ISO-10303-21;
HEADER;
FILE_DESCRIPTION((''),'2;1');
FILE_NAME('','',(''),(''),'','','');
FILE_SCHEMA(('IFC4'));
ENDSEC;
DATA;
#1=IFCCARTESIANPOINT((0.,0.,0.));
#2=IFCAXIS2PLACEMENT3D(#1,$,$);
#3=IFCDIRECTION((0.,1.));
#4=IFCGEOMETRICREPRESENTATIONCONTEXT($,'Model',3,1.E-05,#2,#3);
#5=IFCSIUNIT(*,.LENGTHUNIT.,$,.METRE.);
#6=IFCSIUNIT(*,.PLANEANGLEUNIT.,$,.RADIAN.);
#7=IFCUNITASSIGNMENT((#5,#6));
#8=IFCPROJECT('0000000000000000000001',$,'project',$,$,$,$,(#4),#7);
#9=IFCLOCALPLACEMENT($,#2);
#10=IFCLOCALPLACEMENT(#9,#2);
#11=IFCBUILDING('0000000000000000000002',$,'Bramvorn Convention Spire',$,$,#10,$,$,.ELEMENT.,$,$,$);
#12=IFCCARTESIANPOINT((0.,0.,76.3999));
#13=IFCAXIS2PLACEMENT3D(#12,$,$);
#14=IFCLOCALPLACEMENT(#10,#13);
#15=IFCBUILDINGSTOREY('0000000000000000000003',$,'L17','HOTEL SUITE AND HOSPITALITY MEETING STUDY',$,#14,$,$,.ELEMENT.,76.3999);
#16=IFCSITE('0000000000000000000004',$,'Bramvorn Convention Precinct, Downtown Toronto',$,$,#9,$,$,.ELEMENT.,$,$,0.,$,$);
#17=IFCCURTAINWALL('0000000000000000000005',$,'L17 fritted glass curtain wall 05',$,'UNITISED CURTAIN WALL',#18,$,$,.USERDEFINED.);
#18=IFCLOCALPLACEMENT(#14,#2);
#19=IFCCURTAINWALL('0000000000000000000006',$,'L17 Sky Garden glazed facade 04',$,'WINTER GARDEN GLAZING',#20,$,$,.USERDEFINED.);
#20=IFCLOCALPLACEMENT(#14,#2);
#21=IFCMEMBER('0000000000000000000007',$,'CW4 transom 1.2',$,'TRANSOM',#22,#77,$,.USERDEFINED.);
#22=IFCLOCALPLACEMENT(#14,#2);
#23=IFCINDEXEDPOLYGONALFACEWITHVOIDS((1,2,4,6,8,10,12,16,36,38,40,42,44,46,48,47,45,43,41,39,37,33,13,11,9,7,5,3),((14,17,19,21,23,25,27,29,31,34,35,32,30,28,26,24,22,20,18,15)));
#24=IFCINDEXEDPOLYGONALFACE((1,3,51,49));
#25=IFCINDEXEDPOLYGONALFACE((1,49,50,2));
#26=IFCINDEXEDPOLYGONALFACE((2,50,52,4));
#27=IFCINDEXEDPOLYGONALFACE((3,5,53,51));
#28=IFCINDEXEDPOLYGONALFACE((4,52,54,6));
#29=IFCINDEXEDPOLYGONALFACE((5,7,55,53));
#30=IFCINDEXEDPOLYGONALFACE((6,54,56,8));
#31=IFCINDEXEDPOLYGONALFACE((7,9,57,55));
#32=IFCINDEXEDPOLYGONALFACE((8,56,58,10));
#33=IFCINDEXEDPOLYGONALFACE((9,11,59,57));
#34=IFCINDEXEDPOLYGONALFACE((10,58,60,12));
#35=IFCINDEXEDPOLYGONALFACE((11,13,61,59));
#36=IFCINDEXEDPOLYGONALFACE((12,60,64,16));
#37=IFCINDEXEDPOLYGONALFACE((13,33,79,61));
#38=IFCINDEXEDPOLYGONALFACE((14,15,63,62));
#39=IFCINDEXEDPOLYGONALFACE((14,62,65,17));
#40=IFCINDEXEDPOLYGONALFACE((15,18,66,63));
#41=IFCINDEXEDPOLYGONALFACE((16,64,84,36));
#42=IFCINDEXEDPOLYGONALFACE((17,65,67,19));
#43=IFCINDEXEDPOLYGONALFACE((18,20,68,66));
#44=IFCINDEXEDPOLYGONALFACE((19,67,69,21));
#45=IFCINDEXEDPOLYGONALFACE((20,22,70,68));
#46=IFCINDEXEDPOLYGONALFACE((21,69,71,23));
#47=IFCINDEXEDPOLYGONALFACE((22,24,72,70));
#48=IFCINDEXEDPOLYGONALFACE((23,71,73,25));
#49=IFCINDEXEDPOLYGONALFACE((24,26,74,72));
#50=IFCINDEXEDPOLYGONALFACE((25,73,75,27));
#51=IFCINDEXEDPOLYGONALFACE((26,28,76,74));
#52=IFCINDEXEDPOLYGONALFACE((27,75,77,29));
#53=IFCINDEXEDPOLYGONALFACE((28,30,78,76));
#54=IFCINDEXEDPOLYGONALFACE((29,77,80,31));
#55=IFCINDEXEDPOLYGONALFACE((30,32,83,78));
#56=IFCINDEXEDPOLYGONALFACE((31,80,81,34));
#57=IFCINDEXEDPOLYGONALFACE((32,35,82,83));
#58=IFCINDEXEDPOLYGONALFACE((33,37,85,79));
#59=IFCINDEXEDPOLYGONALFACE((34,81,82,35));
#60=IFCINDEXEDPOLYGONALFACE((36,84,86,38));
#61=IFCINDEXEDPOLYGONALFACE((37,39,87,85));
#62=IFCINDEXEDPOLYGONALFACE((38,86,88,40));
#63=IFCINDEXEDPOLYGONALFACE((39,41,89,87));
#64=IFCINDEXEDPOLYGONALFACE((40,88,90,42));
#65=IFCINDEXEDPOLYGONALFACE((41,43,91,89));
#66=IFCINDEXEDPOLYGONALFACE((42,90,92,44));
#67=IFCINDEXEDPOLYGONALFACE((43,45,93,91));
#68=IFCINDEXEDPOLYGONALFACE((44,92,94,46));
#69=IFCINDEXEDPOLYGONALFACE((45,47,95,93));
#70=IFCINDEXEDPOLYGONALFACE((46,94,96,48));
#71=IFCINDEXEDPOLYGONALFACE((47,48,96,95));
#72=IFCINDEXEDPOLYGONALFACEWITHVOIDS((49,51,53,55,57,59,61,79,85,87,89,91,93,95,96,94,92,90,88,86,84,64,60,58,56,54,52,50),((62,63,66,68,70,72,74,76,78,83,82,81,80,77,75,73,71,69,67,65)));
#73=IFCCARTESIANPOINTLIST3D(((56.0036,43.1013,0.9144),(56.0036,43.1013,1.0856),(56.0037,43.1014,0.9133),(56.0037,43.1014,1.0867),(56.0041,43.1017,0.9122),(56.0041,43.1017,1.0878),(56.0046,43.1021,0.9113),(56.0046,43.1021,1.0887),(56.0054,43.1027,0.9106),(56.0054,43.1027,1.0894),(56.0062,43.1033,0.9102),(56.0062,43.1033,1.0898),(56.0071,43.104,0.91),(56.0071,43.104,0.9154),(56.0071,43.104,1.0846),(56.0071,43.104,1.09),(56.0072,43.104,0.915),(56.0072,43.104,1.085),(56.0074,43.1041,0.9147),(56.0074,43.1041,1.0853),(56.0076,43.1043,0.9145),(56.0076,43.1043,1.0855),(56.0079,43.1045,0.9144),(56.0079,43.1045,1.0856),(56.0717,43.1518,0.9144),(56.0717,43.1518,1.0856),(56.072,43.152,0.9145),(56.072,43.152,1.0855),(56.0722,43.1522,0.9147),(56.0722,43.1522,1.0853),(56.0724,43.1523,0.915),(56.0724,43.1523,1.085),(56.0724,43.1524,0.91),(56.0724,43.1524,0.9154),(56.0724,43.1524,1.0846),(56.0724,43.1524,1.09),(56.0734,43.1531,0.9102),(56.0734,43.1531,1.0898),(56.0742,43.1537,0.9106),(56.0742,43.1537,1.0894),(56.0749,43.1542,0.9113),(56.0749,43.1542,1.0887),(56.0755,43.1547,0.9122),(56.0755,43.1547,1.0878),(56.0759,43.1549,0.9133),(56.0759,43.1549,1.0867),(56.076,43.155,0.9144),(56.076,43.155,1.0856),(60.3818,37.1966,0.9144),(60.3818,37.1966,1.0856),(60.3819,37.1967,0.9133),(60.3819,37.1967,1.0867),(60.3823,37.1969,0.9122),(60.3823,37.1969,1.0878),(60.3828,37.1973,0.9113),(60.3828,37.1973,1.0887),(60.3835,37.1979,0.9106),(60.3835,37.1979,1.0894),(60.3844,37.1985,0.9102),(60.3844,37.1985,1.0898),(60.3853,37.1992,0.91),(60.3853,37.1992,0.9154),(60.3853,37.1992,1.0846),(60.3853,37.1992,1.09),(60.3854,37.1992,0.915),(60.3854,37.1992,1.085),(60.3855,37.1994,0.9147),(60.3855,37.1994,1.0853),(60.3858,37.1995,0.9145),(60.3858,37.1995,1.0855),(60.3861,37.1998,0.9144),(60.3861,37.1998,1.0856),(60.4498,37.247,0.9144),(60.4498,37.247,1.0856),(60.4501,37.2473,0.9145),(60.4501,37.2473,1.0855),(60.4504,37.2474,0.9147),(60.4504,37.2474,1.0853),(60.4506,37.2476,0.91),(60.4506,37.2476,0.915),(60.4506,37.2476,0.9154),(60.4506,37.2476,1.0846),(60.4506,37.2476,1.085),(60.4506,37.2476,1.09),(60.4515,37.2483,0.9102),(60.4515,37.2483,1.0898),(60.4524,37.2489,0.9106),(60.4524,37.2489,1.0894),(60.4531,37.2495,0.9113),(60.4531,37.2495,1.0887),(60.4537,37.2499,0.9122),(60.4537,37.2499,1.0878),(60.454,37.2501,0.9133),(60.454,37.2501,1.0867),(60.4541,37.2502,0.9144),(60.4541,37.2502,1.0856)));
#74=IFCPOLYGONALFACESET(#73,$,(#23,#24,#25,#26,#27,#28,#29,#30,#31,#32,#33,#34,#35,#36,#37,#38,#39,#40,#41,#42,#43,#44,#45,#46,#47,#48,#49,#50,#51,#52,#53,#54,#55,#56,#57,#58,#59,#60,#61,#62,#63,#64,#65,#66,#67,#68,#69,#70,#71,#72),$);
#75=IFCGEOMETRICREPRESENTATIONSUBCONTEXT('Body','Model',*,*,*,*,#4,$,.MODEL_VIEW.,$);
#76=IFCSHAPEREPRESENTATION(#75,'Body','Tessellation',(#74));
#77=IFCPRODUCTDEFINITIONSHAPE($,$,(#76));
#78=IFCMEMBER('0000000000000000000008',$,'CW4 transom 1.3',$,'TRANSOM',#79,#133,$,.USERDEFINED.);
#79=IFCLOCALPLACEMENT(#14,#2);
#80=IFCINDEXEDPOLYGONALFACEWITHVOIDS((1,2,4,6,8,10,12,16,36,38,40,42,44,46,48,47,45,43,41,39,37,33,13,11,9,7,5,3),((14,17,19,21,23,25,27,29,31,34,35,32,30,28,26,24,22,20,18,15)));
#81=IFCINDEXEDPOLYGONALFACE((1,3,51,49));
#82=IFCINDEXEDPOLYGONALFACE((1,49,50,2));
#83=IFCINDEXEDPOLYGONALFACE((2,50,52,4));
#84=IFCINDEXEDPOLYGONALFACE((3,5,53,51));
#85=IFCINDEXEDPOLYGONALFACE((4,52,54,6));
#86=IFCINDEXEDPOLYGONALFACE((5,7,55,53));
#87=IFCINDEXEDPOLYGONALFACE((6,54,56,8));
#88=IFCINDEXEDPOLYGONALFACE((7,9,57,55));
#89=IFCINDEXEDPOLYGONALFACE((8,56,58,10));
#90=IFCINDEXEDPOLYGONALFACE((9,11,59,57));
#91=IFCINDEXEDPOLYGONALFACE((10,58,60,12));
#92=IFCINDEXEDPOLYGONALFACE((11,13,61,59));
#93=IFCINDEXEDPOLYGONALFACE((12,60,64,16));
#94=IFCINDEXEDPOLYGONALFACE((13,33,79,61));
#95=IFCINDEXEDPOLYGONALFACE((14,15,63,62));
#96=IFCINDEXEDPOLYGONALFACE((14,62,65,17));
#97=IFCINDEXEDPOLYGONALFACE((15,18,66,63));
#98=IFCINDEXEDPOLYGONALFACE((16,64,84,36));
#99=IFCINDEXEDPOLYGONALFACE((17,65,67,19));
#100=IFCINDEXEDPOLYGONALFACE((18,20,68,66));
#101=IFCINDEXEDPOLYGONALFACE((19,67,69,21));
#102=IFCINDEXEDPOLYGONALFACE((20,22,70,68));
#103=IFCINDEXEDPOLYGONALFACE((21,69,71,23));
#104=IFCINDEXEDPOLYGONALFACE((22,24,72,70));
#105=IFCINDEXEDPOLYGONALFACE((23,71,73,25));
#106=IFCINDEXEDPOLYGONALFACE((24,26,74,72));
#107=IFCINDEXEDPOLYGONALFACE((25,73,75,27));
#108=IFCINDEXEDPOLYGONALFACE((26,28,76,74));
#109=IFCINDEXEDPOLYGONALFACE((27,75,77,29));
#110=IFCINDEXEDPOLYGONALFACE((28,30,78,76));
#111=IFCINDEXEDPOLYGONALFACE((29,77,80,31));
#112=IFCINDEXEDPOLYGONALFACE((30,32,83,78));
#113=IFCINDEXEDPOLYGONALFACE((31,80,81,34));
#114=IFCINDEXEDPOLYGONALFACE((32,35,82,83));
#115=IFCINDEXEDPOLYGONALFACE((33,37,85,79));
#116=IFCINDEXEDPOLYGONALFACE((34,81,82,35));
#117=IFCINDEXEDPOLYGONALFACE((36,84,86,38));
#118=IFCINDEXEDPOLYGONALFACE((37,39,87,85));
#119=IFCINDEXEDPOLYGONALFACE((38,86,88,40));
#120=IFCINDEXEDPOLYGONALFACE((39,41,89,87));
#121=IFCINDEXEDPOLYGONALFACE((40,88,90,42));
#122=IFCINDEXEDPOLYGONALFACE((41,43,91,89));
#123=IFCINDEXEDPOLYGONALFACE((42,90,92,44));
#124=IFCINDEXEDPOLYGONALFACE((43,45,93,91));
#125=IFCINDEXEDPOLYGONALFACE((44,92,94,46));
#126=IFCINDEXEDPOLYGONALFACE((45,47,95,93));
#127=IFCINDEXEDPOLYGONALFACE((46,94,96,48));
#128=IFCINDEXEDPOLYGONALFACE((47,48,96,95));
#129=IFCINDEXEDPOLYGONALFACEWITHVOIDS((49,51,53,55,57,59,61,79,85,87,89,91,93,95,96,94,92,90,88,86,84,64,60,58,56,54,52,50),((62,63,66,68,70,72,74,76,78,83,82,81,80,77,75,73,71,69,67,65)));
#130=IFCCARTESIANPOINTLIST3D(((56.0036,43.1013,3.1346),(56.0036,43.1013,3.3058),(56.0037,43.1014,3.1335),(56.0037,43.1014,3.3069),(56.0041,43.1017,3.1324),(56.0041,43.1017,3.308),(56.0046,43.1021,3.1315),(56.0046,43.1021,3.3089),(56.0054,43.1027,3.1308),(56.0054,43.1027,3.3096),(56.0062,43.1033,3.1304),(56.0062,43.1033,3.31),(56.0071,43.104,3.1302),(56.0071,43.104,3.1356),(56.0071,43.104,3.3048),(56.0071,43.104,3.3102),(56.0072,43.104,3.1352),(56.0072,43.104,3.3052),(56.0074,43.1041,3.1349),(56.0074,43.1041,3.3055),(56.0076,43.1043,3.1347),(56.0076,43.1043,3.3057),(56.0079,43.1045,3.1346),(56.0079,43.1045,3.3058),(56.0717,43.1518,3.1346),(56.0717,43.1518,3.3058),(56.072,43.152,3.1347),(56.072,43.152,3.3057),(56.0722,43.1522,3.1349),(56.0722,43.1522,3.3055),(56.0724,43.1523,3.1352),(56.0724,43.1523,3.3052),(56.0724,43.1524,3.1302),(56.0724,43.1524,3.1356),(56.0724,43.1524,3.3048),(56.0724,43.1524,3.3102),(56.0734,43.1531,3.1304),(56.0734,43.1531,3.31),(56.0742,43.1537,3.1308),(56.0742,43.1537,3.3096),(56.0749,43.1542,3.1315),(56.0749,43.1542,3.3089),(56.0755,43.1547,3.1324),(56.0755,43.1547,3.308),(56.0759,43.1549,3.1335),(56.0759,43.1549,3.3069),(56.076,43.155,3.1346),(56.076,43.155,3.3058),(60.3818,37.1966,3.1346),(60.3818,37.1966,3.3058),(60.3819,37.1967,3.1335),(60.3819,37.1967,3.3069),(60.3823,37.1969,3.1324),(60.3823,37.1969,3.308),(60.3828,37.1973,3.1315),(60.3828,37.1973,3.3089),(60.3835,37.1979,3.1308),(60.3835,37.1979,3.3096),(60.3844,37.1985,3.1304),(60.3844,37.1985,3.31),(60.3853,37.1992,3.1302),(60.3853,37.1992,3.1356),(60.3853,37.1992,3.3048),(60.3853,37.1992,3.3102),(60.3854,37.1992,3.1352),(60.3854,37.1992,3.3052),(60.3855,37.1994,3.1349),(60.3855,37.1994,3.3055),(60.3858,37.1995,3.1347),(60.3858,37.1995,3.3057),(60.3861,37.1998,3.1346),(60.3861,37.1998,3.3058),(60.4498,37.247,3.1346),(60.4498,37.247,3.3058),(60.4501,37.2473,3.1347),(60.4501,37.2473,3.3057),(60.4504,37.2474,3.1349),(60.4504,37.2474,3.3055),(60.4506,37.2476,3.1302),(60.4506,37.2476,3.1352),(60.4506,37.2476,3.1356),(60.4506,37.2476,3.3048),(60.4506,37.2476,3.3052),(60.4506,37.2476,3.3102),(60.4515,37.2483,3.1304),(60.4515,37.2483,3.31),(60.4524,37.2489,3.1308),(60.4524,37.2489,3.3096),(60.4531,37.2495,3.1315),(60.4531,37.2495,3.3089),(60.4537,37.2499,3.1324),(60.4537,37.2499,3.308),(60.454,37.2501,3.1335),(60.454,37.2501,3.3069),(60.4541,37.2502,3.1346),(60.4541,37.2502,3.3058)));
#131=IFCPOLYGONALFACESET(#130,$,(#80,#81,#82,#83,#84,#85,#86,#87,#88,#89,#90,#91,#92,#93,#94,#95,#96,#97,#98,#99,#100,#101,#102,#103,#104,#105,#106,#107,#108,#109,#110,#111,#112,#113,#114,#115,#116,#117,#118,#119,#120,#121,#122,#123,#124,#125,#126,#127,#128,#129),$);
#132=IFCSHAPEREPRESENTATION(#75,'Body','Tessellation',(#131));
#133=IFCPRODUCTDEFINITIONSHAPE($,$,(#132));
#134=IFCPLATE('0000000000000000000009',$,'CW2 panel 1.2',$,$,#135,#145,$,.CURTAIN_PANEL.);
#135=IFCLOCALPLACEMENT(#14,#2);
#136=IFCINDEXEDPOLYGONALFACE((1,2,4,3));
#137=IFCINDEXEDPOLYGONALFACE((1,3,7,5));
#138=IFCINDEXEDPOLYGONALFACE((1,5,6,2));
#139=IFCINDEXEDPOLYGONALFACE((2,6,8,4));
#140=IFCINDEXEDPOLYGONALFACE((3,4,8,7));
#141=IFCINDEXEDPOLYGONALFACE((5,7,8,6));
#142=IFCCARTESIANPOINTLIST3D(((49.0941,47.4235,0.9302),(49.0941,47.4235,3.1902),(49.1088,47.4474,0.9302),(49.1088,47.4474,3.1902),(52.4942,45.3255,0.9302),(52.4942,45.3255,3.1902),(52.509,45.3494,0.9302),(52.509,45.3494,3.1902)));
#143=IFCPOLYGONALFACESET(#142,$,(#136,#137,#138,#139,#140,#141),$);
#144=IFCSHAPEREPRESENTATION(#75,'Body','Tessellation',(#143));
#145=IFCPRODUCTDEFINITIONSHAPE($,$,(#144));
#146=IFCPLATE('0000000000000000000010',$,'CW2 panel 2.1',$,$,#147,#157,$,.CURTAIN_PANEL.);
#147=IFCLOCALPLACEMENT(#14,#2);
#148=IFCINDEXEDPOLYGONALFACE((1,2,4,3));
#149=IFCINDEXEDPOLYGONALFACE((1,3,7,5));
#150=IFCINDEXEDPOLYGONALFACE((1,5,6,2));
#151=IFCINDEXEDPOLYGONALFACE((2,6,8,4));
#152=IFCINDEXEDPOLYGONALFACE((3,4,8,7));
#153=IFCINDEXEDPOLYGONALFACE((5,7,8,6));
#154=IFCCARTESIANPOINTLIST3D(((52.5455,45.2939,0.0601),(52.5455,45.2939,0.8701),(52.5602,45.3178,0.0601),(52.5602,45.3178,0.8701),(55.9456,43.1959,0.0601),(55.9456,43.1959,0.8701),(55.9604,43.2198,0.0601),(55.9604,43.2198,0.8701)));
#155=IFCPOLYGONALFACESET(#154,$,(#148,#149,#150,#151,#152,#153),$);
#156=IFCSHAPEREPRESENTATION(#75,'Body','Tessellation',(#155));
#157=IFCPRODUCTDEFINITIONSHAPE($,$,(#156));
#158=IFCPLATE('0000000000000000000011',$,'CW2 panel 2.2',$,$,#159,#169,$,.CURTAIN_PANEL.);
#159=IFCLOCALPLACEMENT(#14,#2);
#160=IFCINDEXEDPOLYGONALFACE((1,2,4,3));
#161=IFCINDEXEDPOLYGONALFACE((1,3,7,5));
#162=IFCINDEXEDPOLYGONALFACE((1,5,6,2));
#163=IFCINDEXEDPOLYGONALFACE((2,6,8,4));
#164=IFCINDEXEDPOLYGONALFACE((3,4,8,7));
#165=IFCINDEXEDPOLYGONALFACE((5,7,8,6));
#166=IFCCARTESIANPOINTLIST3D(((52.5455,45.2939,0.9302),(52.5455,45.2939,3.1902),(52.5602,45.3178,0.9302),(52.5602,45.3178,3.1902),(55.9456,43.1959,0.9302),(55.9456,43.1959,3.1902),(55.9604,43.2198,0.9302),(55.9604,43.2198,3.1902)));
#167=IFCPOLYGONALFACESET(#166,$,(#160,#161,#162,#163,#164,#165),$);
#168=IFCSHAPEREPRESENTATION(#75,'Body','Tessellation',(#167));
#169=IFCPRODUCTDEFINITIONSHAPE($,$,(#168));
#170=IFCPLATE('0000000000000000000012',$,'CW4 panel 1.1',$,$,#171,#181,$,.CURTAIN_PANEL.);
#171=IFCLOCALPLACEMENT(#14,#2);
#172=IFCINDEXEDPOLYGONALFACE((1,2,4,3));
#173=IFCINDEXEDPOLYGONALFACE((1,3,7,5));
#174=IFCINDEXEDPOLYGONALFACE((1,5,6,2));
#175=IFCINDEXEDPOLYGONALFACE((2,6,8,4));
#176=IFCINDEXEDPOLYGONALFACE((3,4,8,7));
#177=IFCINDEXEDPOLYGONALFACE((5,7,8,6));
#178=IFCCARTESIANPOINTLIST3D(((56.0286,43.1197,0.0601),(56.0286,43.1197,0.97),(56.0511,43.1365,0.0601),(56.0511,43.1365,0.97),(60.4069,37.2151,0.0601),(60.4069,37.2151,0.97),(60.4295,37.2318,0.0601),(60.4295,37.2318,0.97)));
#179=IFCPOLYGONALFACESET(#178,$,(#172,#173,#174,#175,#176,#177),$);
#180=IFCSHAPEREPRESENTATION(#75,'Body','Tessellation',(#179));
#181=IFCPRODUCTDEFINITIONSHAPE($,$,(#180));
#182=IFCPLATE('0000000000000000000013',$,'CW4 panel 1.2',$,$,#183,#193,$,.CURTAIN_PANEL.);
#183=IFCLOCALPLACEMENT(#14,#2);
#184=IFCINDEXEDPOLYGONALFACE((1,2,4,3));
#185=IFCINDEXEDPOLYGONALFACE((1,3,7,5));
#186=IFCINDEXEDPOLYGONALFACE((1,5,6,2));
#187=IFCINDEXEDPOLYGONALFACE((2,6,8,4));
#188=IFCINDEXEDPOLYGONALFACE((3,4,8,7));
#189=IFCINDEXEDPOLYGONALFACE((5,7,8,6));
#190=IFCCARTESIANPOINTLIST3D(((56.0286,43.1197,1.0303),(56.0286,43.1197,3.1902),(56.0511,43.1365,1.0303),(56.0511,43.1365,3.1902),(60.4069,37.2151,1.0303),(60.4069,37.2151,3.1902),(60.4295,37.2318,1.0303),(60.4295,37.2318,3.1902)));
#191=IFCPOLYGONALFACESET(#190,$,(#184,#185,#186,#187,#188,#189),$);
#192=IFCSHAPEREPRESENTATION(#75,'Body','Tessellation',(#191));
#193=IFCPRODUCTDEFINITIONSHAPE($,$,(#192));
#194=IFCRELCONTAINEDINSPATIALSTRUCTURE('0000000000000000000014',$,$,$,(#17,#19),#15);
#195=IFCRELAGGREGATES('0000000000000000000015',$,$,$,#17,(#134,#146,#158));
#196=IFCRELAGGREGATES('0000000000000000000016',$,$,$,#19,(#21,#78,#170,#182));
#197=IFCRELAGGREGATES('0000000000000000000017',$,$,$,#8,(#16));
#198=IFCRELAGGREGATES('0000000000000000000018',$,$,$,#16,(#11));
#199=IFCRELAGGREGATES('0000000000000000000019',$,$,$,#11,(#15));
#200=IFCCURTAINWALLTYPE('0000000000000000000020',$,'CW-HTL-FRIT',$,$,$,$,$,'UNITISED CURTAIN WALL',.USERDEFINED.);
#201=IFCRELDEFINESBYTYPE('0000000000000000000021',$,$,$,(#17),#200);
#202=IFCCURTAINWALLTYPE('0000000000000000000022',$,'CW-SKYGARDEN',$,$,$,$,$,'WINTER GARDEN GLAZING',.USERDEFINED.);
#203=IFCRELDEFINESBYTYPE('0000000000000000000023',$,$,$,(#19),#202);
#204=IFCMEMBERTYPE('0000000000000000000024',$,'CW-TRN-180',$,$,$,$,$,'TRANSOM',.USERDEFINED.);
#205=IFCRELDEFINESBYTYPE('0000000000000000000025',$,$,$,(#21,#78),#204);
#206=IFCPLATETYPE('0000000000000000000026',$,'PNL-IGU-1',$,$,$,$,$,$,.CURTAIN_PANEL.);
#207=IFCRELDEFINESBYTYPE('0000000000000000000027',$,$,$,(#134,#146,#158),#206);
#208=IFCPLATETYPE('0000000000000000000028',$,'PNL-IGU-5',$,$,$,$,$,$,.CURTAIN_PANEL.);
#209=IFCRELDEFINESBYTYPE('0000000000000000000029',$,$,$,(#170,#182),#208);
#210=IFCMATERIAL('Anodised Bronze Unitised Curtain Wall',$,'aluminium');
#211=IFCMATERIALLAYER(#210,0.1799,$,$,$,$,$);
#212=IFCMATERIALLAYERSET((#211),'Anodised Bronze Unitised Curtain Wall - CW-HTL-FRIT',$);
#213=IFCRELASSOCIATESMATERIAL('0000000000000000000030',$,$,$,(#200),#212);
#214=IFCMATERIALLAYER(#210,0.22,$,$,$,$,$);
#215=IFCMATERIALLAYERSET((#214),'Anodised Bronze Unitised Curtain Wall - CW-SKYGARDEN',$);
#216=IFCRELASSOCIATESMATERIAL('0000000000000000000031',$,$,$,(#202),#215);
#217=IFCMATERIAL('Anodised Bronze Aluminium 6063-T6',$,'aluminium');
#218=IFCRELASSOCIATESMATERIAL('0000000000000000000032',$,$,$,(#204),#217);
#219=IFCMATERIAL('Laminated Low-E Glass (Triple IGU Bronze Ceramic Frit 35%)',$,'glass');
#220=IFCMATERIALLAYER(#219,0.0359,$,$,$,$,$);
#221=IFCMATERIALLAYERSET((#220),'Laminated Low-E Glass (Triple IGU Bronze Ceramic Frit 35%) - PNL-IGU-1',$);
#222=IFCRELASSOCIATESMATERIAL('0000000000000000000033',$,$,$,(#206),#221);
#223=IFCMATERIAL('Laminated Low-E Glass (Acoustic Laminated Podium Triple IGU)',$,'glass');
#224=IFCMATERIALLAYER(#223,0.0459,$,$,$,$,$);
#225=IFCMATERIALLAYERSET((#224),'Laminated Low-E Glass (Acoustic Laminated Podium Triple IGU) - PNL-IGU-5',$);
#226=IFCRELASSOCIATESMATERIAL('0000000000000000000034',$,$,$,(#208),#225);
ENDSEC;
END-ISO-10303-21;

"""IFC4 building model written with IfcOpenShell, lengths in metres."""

from ifc_helpers import new_model, si_unit, direction, frame, origin, origin_2d, place, context, subcontext, project, spatial, rectangle, hollow_rectangle, extrude, material, layer, layer_set, material_profile, profile_set, type_object, element, aggregate, save


model = new_model("IFC4")

# Units and contexts
model_context = context("Model", 3, precision=1e-05, world=origin(), true_north=direction((0.0, 1.0)))
body_context = subcontext(model_context, "Body", "Model", "MODEL_VIEW")
ifc_project = project(units=[si_unit("LENGTHUNIT", "METRE"), si_unit("PLANEANGLEUNIT", "RADIAN")], contexts=[model_context])

# Site, building, storey
site_placement = place(None, origin())
site = spatial("IfcSite", under=ifc_project, at=site_placement, Name="Bramvorn Convention Precinct, Downtown Toronto", CompositionType="ELEMENT", RefElevation=0.0)
building_placement = place(site_placement, origin())
building = spatial("IfcBuilding", under=site, at=building_placement, Name="Bramvorn Convention Spire", CompositionType="ELEMENT")
storey_placement = place(building_placement, frame((0.0, 0.0, 76.3999)))
storey = spatial("IfcBuildingStorey", under=building, at=storey_placement, Name="L17", Description="HOTEL SUITE AND HOSPITALITY MEETING STUDY", CompositionType="ELEMENT", Elevation=76.3999)

# Curtain walls
ifc_material_1 = material(Name="Anodised Bronze Unitised Curtain Wall", Category="aluminium")
ifc_layer_1 = layer(ifc_material_1, 0.1799)
ifc_layer_set_1 = layer_set([ifc_layer_1], Name="Anodised Bronze Unitised Curtain Wall - CW-HTL-FRIT")
curtain_wall_type_1 = type_object("IfcCurtainWallType", Name="CW-HTL-FRIT", ElementType="UNITISED CURTAIN WALL", PredefinedType="USERDEFINED", material=ifc_layer_set_1)
curtain_wall_1_placement = place(storey_placement, origin())
curtain_wall_1 = element("IfcCurtainWall", 1, at=curtain_wall_1_placement, inside=storey, type_object=curtain_wall_type_1, Name="L17 fritted glass curtain wall 05", ObjectType="UNITISED CURTAIN WALL", PredefinedType="USERDEFINED")
ifc_material_2 = material(Name="Anodised Bronze Aluminium 6063-T6", Category="aluminium")
ifc_layer_2 = layer(ifc_material_1, 0.22)
ifc_layer_set_2 = layer_set([ifc_layer_2], Name="Anodised Bronze Unitised Curtain Wall - CW-SKYGARDEN")
curtain_wall_type_2 = type_object("IfcCurtainWallType", Name="CW-SKYGARDEN", ElementType="WINTER GARDEN GLAZING", PredefinedType="USERDEFINED", material=ifc_layer_set_2)
curtain_wall_2_placement = place(storey_placement, origin())
curtain_wall_2 = element("IfcCurtainWall", 2, at=curtain_wall_2_placement, inside=storey, type_object=curtain_wall_type_2, Name="L17 Sky Garden glazed facade 04", ObjectType="WINTER GARDEN GLAZING", PredefinedType="USERDEFINED")

# Members
ifc_material_profile_1 = material_profile(ifc_material_2, hollow_rectangle(XDim=0.0901, YDim=0.1799, WallThickness=0.0044, InnerFilletRadius=0.001, OuterFilletRadius=0.0044, at=origin_2d()))
ifc_profile_set_1 = profile_set([ifc_material_profile_1], Name="Anodised Bronze Aluminium 6063-T6 - CWT90X180")
member_type_1 = type_object("IfcMemberType", Name="CW-TRN-180", ElementType="TRANSOM", PredefinedType="USERDEFINED", material=ifc_profile_set_1)
member_1_placement = place(storey_placement, frame((56.0398, 43.1282, 1.0), z_axis=(0.595602, -0.80328, 0.0), x_axis=(0.80328, 0.595602, 0.0)))
member_1 = element("IfcMember", 3, at=member_1_placement, type_object=member_type_1, Name="CW4 transom 1.2", ObjectType="TRANSOM", PredefinedType="USERDEFINED", context=body_context, shape_type="SweptSolid", body=[
    extrude(hollow_rectangle(XDim=0.0901, YDim=0.1799, WallThickness=0.0044, InnerFilletRadius=0.001, OuterFilletRadius=0.0044, at=origin_2d()), origin(), (0.0, 0.0, 1.0), 7.3508),
])
member_2_placement = place(storey_placement, frame((56.0398, 43.1282, 3.2202), z_axis=(0.595602, -0.80328, 0.0), x_axis=(0.80328, 0.595602, 0.0)))
member_2 = element("IfcMember", 4, at=member_2_placement, type_object=member_type_1, Name="CW4 transom 1.3", ObjectType="TRANSOM", PredefinedType="USERDEFINED", context=body_context, shape_type="SweptSolid", body=[
    extrude(hollow_rectangle(XDim=0.0901, YDim=0.1799, WallThickness=0.0044, InnerFilletRadius=0.001, OuterFilletRadius=0.0044, at=origin_2d()), origin(), (0.0, 0.0, 1.0), 7.3508),
])

# Plates
ifc_material_3 = material(Name="Laminated Low-E Glass (Triple IGU Bronze Ceramic Frit 35%)", Category="glass")
ifc_layer_3 = layer(ifc_material_3, 0.0359)
ifc_layer_set_3 = layer_set([ifc_layer_3], Name="Laminated Low-E Glass (Triple IGU Bronze Ceramic Frit 35%) - PNL-IGU-1")
plate_type_1 = type_object("IfcPlateType", Name="PNL-IGU-1", PredefinedType="CURTAIN_PANEL", material=ifc_layer_set_3)
plate_1_placement = place(storey_placement, frame((50.8015, 46.3865, 0.9302), z_axis=(0.0, 0.0, 1.0), x_axis=(0.851032, -0.525114, 0.0)))
plate_1 = element("IfcPlate", 5, at=plate_1_placement, type_object=plate_type_1, Name="CW2 panel 1.2", PredefinedType="CURTAIN_PANEL", context=body_context, shape_type="SweptSolid", body=[
    extrude(rectangle(XDim=3.9954, YDim=0.0281, at=origin_2d()), origin(), (0.0, 0.0, 1.0), 2.26),
])
plate_2_placement = place(storey_placement, frame((54.2529, 44.2568, 0.0601), z_axis=(0.0, 0.0, 1.0), x_axis=(0.851032, -0.525114, 0.0)))
plate_2 = element("IfcPlate", 6, at=plate_2_placement, type_object=plate_type_1, Name="CW2 panel 2.1", PredefinedType="CURTAIN_PANEL", context=body_context, shape_type="SweptSolid", body=[
    extrude(rectangle(XDim=3.9954, YDim=0.0281, at=origin_2d()), origin(), (0.0, 0.0, 1.0), 0.8101),
])
plate_3_placement = place(storey_placement, frame((54.2529, 44.2568, 0.9302), z_axis=(0.0, 0.0, 1.0), x_axis=(0.851032, -0.525114, 0.0)))
plate_3 = element("IfcPlate", 7, at=plate_3_placement, type_object=plate_type_1, Name="CW2 panel 2.2", PredefinedType="CURTAIN_PANEL", context=body_context, shape_type="SweptSolid", body=[
    extrude(rectangle(XDim=3.9954, YDim=0.0281, at=origin_2d()), origin(), (0.0, 0.0, 1.0), 2.26),
])
aggregate(curtain_wall_1, [plate_1, plate_2, plate_3])
ifc_material_4 = material(Name="Laminated Low-E Glass (Acoustic Laminated Podium Triple IGU)", Category="glass")
ifc_layer_4 = layer(ifc_material_4, 0.0459)
ifc_layer_set_4 = layer_set([ifc_layer_4], Name="Laminated Low-E Glass (Acoustic Laminated Podium Triple IGU) - PNL-IGU-5")
plate_type_2 = type_object("IfcPlateType", Name="PNL-IGU-5", PredefinedType="CURTAIN_PANEL", material=ifc_layer_set_4)
plate_4_placement = place(storey_placement, frame((58.229, 40.1758, 0.0601), z_axis=(0.0, 0.0, 1.0), x_axis=(0.595626, -0.803262, 0.0)))
plate_4 = element("IfcPlate", 8, at=plate_4_placement, type_object=plate_type_2, Name="CW4 panel 1.1", PredefinedType="CURTAIN_PANEL", context=body_context, shape_type="SweptSolid", body=[
    extrude(rectangle(XDim=7.3508, YDim=0.0281, at=origin_2d()), origin(), (0.0, 0.0, 1.0), 0.9099),
])
plate_5_placement = place(storey_placement, frame((58.229, 40.1758, 1.0303), z_axis=(0.0, 0.0, 1.0), x_axis=(0.595626, -0.803262, 0.0)))
plate_5 = element("IfcPlate", 9, at=plate_5_placement, type_object=plate_type_2, Name="CW4 panel 1.2", PredefinedType="CURTAIN_PANEL", context=body_context, shape_type="SweptSolid", body=[
    extrude(rectangle(XDim=7.3508, YDim=0.0281, at=origin_2d()), origin(), (0.0, 0.0, 1.0), 2.1599),
])
aggregate(curtain_wall_2, [member_1, member_2, plate_4, plate_5])

save(model, "model.ifc")
